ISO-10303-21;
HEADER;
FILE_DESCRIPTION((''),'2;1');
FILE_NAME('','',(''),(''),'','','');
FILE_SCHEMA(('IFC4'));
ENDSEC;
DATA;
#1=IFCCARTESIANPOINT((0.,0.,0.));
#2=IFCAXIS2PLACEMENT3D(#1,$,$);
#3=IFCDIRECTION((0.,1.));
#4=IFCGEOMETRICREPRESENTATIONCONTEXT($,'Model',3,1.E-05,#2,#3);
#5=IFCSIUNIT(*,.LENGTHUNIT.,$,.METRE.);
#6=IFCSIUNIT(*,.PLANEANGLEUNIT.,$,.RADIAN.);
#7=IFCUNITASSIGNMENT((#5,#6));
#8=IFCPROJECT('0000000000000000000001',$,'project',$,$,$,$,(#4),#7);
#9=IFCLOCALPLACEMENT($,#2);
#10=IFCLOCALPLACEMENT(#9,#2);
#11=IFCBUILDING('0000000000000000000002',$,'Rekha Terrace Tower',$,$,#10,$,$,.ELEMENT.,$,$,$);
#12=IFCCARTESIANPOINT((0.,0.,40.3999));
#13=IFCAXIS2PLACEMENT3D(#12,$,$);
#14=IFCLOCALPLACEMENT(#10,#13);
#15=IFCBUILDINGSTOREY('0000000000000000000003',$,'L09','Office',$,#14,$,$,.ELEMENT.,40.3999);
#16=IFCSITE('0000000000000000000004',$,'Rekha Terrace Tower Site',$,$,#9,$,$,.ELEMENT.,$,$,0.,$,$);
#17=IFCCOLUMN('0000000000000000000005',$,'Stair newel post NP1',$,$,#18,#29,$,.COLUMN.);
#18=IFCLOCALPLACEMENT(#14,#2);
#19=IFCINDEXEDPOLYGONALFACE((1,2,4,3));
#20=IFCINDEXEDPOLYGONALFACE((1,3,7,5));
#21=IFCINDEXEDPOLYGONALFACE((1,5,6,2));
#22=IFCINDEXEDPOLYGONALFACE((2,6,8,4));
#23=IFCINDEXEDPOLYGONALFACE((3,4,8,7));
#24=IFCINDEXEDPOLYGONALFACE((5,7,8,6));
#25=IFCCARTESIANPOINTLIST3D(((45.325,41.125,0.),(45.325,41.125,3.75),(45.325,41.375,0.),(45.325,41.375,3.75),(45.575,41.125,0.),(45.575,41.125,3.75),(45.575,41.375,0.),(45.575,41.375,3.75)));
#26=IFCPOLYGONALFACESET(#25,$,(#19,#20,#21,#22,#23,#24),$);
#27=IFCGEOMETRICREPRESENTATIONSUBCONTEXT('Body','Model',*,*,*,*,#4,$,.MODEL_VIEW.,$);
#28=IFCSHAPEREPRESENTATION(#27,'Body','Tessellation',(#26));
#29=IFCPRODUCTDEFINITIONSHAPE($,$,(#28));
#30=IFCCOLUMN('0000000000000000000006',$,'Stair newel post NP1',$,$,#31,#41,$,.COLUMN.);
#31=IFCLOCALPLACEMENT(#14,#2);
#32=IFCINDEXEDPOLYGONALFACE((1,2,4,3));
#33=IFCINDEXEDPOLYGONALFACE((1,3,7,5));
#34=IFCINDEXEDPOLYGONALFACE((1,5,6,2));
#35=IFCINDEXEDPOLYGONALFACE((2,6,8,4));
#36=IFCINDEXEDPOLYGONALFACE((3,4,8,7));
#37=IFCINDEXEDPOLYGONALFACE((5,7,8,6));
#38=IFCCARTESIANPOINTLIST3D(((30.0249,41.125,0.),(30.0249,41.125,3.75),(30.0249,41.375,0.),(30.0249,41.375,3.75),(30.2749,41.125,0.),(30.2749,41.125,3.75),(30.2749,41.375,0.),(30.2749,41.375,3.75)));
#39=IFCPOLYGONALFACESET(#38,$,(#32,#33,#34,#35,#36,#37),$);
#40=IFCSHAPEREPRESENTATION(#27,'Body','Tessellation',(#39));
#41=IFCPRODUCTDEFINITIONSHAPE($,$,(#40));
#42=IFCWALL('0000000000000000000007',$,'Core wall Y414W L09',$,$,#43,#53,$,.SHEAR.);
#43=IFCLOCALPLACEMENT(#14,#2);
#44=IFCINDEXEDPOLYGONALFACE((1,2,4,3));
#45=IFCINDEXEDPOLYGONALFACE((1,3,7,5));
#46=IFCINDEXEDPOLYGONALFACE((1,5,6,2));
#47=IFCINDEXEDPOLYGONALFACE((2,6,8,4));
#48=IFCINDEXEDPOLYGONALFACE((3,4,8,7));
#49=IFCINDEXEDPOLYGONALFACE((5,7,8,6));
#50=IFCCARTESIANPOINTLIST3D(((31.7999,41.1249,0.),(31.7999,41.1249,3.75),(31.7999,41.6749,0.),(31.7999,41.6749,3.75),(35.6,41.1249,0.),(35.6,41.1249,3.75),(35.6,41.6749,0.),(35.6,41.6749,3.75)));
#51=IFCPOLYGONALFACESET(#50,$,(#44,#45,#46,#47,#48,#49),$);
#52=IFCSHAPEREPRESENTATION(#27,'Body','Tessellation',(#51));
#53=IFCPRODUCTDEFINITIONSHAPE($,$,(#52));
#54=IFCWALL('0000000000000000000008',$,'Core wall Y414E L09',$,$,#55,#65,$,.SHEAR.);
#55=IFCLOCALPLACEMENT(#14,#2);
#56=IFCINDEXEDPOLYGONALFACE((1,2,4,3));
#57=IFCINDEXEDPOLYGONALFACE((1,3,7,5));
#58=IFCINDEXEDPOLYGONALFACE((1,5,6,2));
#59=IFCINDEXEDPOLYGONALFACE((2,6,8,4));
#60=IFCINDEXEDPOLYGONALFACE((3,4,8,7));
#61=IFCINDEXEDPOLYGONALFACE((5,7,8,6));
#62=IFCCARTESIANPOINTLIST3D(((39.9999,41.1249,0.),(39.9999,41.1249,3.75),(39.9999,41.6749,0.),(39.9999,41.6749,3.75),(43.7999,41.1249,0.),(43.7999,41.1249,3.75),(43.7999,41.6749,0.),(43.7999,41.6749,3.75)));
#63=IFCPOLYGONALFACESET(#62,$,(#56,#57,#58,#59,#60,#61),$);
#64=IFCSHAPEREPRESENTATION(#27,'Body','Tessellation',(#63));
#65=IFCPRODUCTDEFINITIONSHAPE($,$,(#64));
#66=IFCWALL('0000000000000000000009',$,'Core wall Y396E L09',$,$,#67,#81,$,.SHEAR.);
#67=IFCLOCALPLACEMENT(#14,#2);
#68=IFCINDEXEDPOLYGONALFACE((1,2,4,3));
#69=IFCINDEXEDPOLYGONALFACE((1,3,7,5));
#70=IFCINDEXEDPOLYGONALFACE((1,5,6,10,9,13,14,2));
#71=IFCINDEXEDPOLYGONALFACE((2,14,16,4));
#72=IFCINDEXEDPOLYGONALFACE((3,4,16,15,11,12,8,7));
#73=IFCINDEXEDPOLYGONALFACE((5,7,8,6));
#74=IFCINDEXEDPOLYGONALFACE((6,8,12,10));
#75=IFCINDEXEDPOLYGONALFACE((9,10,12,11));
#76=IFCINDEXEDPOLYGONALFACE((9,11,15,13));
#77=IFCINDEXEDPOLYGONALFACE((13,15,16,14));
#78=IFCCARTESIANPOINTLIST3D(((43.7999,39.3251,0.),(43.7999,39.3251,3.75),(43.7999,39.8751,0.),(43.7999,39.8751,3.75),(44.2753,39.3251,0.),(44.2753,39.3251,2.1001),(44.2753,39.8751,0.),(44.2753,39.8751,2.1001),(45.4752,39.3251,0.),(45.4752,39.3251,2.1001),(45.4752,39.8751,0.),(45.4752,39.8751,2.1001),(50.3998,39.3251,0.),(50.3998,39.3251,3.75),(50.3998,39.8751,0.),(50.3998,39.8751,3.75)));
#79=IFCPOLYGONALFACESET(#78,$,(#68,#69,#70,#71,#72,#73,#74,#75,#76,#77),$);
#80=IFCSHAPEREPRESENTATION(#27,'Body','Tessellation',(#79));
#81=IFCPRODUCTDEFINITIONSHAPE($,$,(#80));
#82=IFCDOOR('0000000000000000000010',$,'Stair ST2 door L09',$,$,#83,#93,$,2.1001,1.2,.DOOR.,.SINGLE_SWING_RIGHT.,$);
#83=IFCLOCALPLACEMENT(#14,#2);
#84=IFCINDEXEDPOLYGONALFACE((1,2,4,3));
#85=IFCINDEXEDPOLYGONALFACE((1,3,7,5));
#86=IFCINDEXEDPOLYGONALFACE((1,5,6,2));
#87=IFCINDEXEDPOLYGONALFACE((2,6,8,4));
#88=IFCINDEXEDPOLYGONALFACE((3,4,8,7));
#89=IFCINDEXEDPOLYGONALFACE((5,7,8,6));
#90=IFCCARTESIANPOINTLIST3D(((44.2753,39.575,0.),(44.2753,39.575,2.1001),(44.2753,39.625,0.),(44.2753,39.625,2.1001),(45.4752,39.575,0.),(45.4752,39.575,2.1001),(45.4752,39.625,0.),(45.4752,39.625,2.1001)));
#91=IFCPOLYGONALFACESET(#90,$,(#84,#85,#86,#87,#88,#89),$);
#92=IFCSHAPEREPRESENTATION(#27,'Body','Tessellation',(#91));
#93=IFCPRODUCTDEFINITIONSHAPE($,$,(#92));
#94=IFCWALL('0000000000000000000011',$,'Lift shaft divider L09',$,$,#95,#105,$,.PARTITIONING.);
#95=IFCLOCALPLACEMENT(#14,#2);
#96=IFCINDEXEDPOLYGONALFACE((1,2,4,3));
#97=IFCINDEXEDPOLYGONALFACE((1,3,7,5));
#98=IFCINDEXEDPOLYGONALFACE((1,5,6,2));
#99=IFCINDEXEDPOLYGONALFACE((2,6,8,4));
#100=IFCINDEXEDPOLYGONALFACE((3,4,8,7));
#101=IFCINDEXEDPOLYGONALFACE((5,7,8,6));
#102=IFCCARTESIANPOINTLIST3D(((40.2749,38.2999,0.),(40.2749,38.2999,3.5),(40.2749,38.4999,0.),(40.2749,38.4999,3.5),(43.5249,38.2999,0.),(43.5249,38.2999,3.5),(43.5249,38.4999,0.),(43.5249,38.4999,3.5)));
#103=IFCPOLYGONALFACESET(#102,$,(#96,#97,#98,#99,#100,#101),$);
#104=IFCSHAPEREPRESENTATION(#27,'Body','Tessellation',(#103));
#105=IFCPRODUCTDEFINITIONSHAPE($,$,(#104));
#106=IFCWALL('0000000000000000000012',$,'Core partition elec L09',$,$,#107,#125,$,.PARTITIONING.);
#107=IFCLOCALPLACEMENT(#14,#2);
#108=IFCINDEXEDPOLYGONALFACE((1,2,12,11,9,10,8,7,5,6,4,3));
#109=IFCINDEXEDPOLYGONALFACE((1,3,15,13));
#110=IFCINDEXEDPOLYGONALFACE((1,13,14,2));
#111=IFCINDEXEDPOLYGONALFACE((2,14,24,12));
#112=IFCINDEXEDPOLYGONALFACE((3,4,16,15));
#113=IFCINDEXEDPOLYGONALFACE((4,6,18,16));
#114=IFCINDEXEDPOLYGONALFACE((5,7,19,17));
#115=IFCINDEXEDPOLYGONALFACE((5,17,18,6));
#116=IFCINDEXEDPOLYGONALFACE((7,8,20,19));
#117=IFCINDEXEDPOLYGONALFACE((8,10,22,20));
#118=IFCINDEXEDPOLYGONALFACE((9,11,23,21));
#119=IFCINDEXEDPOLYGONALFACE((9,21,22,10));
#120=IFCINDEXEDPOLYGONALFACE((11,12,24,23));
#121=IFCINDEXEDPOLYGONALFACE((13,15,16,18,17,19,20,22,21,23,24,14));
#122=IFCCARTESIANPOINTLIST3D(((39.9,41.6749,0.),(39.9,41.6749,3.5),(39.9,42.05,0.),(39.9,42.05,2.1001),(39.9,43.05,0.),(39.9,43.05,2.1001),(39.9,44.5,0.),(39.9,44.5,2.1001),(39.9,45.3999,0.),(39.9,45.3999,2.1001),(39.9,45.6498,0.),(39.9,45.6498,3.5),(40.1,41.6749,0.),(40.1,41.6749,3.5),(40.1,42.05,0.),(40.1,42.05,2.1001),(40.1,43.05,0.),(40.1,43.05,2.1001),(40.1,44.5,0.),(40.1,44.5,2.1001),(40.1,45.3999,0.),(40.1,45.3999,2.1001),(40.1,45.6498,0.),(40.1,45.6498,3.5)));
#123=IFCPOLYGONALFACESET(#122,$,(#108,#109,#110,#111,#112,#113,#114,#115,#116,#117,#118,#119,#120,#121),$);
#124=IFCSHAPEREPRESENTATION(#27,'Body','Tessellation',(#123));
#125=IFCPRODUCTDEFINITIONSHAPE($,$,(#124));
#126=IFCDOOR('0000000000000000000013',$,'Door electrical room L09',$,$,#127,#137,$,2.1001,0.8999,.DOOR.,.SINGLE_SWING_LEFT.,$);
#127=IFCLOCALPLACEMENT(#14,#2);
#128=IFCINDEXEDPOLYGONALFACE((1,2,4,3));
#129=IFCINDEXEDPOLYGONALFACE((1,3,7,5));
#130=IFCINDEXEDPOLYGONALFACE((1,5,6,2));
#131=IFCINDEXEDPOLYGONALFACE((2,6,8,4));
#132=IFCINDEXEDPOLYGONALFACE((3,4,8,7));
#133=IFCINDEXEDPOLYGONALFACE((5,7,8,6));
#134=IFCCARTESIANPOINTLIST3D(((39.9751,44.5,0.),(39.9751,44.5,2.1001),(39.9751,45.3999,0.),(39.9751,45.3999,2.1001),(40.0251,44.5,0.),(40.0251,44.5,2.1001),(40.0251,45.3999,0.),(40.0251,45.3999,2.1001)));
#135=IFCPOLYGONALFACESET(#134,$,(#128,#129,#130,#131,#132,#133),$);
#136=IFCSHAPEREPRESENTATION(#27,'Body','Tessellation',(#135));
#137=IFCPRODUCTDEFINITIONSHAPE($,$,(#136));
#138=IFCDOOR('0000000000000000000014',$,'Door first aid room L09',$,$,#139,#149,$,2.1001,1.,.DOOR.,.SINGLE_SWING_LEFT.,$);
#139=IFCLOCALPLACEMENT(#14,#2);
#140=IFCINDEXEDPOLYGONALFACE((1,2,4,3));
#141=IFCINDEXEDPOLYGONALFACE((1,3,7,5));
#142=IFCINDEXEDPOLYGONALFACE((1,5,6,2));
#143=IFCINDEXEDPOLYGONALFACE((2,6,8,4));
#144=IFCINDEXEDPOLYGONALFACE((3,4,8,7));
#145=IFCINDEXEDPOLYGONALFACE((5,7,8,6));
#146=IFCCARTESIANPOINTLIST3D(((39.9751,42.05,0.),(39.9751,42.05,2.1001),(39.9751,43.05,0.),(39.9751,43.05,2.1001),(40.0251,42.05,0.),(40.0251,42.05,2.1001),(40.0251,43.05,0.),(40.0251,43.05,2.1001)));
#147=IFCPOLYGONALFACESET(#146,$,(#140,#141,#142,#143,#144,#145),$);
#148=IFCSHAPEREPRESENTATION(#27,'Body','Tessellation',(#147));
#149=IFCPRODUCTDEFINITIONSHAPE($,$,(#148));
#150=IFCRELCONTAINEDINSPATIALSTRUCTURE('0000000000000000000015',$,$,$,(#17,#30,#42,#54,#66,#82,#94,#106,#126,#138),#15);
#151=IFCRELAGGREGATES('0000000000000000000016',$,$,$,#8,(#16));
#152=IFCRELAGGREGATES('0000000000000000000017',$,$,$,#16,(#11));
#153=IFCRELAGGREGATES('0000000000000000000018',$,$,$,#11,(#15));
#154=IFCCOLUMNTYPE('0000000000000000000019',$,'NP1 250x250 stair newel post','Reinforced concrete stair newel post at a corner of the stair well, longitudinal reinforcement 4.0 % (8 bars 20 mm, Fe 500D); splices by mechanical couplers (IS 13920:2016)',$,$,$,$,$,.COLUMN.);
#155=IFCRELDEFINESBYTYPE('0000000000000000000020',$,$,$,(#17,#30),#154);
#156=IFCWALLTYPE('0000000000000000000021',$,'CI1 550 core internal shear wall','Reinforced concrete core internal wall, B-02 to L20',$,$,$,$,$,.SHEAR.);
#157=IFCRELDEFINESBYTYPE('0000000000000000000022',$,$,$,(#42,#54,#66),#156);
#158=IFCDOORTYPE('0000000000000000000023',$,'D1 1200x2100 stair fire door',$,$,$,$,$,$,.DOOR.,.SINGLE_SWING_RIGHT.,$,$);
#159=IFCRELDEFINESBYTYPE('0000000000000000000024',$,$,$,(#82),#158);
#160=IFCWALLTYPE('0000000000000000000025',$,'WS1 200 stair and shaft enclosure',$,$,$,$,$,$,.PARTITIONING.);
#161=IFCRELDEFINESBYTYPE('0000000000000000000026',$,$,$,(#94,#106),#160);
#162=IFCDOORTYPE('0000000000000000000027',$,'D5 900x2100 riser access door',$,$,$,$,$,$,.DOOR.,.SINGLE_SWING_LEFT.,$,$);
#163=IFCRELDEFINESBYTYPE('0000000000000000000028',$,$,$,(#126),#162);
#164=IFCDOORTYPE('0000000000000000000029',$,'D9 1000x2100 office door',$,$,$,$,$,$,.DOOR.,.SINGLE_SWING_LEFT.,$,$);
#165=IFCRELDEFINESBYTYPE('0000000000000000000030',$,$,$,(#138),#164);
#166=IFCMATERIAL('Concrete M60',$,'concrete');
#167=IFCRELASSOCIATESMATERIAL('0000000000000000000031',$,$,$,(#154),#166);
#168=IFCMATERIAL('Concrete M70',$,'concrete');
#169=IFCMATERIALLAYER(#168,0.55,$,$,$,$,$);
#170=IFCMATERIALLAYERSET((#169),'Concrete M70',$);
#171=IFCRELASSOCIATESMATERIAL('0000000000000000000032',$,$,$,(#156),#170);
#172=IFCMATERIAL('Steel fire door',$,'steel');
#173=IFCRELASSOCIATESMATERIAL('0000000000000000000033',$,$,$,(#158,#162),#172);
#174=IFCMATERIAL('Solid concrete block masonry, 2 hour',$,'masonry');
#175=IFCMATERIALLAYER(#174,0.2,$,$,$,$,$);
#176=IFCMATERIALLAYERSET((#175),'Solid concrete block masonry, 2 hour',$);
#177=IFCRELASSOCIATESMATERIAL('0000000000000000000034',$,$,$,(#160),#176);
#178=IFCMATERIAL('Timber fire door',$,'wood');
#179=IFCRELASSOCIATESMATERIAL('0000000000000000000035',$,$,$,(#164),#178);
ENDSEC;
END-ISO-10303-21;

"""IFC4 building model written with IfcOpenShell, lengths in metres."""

from ifc_helpers import new_model, si_unit, direction, frame, frame_2d, origin, origin_2d, place, context, subcontext, project, spatial, rectangle, extrude, material, layer, layer_set, material_profile, profile_set, type_object, element, fill, save


model = new_model("IFC4")

# Units and contexts
model_context = context("Model", 3, precision=1e-05, world=origin(), true_north=direction((0.0, 1.0)))
body_context = subcontext(model_context, "Body", "Model", "MODEL_VIEW")
ifc_project = project(units=[si_unit("LENGTHUNIT", "METRE"), si_unit("PLANEANGLEUNIT", "RADIAN")], contexts=[model_context])

# Site, building, storey
site_placement = place(None, origin())
site = spatial("IfcSite", under=ifc_project, at=site_placement, Name="Rekha Terrace Tower Site", CompositionType="ELEMENT", RefElevation=0.0)
building_placement = place(site_placement, origin())
building = spatial("IfcBuilding", under=site, at=building_placement, Name="Rekha Terrace Tower", CompositionType="ELEMENT")
storey_placement = place(building_placement, frame((0.0, 0.0, 40.3999)))
storey = spatial("IfcBuildingStorey", under=building, at=storey_placement, Name="L09", Description="Office", CompositionType="ELEMENT", Elevation=40.3999)

# Columns
ifc_material_1 = material(Name="Concrete M60", Category="concrete")
ifc_material_profile = material_profile(ifc_material_1, rectangle(XDim=0.25, YDim=0.25, at=origin_2d()), Name="RC 250x250")
ifc_profile_set = profile_set([ifc_material_profile], Name="Concrete M60")
column_type = type_object("IfcColumnType", Name="NP1 250x250 stair newel post", Description="Reinforced concrete stair newel post at a corner of the stair well, longitudinal reinforcement 4.0 % (8 bars 20 mm, Fe 500D); splices by mechanical couplers (IS 13920:2016)", PredefinedType="COLUMN", material=ifc_profile_set)
for number, where, z_axis, x_axis, name in (
    (1, (45.45, 41.25, 0.0), (0.0, 0.0, 1.0), (1.0, 0.0, 0.0), "Stair newel post NP1"),
    (2, (30.1499, 41.25, 0.0), (0.0, 0.0, 1.0), (1.0, 0.0, 0.0), "Stair newel post NP1"),
):
    element("IfcColumn", number, at=place(storey_placement, frame(where, z_axis=z_axis, x_axis=x_axis)), inside=storey, type_object=column_type, Name=name, PredefinedType="COLUMN", context=body_context, shape_type="SweptSolid", body=[
        extrude(rectangle(XDim=0.25, YDim=0.25, at=origin_2d()), origin(), (0.0, 0.0, 1.0), 3.75),
    ])

# Walls
ifc_material_2 = material(Name="Concrete M70", Category="concrete")
ifc_layer_1 = layer(ifc_material_2, 0.55)
ifc_layer_set_1 = layer_set([ifc_layer_1], Name="Concrete M70")
wall_type_1 = type_object("IfcWallType", Name="CI1 550 core internal shear wall", Description="Reinforced concrete core internal wall, B-02 to L20", PredefinedType="SHEAR", material=ifc_layer_set_1)
for number, where, z_axis, x_axis, name in (
    (3, (31.8, 41.3999, 0.0), (0.0, 0.0, 1.0), (1.0, 0.0, 0.0), "Core wall Y414W L09"),
    (4, (40.0, 41.3999, 0.0), (0.0, 0.0, 1.0), (1.0, 0.0, 0.0), "Core wall Y414E L09"),
):
    element("IfcWall", number, at=place(storey_placement, frame(where, z_axis=z_axis, x_axis=x_axis)), inside=storey, type_object=wall_type_1, Name=name, PredefinedType="SHEAR", context=body_context, shape_type="SweptSolid", body=[
        extrude(rectangle(XDim=3.8, YDim=0.55, at=frame_2d((1.8999, 0.0))), origin(), (0.0, 0.0, 1.0), 3.75),
    ])

# Wall, opening, door
wall_1_placement = place(storey_placement, frame((43.8, 39.6001, 0.0), z_axis=(0.0, 0.0, 1.0), x_axis=(1.0, 0.0, 0.0)))
wall_1 = element("IfcWall", 5, at=wall_1_placement, inside=storey, type_object=wall_type_1, Name="Core wall Y396E L09", PredefinedType="SHEAR", context=body_context, shape_type="SweptSolid", body=[
    extrude(rectangle(XDim=6.5999, YDim=0.55, at=frame_2d((3.2998, 0.0))), origin(), (0.0, 0.0, 1.0), 3.75),
])
opening_1_placement = place(wall_1_placement, frame((0.4751, 0.0, 0.0)))
opening_1 = element("IfcOpeningElement", 6, at=opening_1_placement, cuts=wall_1, PredefinedType="OPENING", context=body_context, shape_type="SweptSolid", body=[
    extrude(rectangle(XDim=1.2, YDim=2.1001, at=frame_2d((0.6001, 1.05))), frame((0.0, 0.2849, 0.0), z_axis=(0.0, -1.0, 0.0), x_axis=(1.0, 0.0, 0.0)), (0.0, 0.0, 1.0), 0.5701),
])
ifc_material_3 = material(Name="Steel fire door", Category="steel")
door_type_1 = type_object("IfcDoorType", Name="D1 1200x2100 stair fire door", OperationType="SINGLE_SWING_RIGHT", PredefinedType="DOOR", material=ifc_material_3)
door_1_placement = place(opening_1_placement, origin())
door_1 = element("IfcDoor", 7, at=door_1_placement, inside=storey, type_object=door_type_1, Name="Stair ST2 door L09", OperationType="SINGLE_SWING_RIGHT", OverallHeight=2.1001, OverallWidth=1.2, PredefinedType="DOOR", context=body_context, shape_type="SweptSolid", body=[
    extrude(rectangle(XDim=1.2, YDim=2.1001, at=frame_2d((0.6001, 1.05))), frame((0.0, 0.0249, 0.0), z_axis=(0.0, -1.0, 0.0), x_axis=(1.0, 0.0, 0.0)), (0.0, 0.0, 1.0), 0.05),
])
fill(opening_1, door_1)

# Wall
ifc_material_4 = material(Name="Solid concrete block masonry, 2 hour", Category="masonry")
ifc_layer_2 = layer(ifc_material_4, 0.2)
ifc_layer_set_2 = layer_set([ifc_layer_2], Name="Solid concrete block masonry, 2 hour")
wall_type_2 = type_object("IfcWallType", Name="WS1 200 stair and shaft enclosure", PredefinedType="PARTITIONING", material=ifc_layer_set_2)
wall_2_placement = place(storey_placement, frame((40.2749, 38.3999, 0.0), z_axis=(0.0, 0.0, 1.0), x_axis=(1.0, 0.0, 0.0)))
element("IfcWall", 8, at=wall_2_placement, inside=storey, type_object=wall_type_2, Name="Lift shaft divider L09", PredefinedType="PARTITIONING", context=body_context, shape_type="SweptSolid", body=[
    extrude(rectangle(XDim=3.25, YDim=0.2, at=frame_2d((1.625, 0.0))), origin(), (0.0, 0.0, 1.0), 3.5),
])

# Wall, openings, doors
wall_3_placement = place(storey_placement, frame((40.0, 41.675, 0.0), z_axis=(0.0, 0.0, 1.0), x_axis=(0.0, 1.0, 0.0)))
wall_3 = element("IfcWall", 9, at=wall_3_placement, inside=storey, type_object=wall_type_2, Name="Core partition elec L09", PredefinedType="PARTITIONING", context=body_context, shape_type="SweptSolid", body=[
    extrude(rectangle(XDim=3.9749, YDim=0.2, at=frame_2d((1.9873, 0.0))), origin(), (0.0, 0.0, 1.0), 3.5),
])
opening_2_placement = place(wall_3_placement, frame((2.825, 0.0, 0.0)))
opening_2 = element("IfcOpeningElement", 10, at=opening_2_placement, cuts=wall_3, PredefinedType="OPENING", context=body_context, shape_type="SweptSolid", body=[
    extrude(rectangle(XDim=0.8999, YDim=2.1001, at=frame_2d((0.45, 1.05))), frame((0.0, 0.1099, 0.0), z_axis=(0.0, -1.0, 0.0), x_axis=(1.0, 0.0, 0.0)), (0.0, 0.0, 1.0), 0.22),
])
opening_3_placement = place(wall_3_placement, frame((0.375, 0.0, 0.0)))
opening_3 = element("IfcOpeningElement", 11, at=opening_3_placement, cuts=wall_3, PredefinedType="OPENING", context=body_context, shape_type="SweptSolid", body=[
    extrude(rectangle(XDim=1.0, YDim=2.1001, at=frame_2d((0.5, 1.05))), frame((0.0, 0.1099, 0.0), z_axis=(0.0, -1.0, 0.0), x_axis=(1.0, 0.0, 0.0)), (0.0, 0.0, 1.0), 0.22),
])
door_type_2 = type_object("IfcDoorType", Name="D5 900x2100 riser access door", OperationType="SINGLE_SWING_LEFT", PredefinedType="DOOR", material=ifc_material_3)
door_2_placement = place(opening_2_placement, origin())
door_2 = element("IfcDoor", 12, at=door_2_placement, inside=storey, type_object=door_type_2, Name="Door electrical room L09", OperationType="SINGLE_SWING_LEFT", OverallHeight=2.1001, OverallWidth=0.8999, PredefinedType="DOOR", context=body_context, shape_type="SweptSolid", body=[
    extrude(rectangle(XDim=0.8999, YDim=2.1001, at=frame_2d((0.45, 1.05))), frame((0.0, 0.0249, 0.0), z_axis=(0.0, -1.0, 0.0), x_axis=(1.0, 0.0, 0.0)), (0.0, 0.0, 1.0), 0.05),
])
fill(opening_2, door_2)
ifc_material_5 = material(Name="Timber fire door", Category="wood")
door_type_3 = type_object("IfcDoorType", Name="D9 1000x2100 office door", OperationType="SINGLE_SWING_LEFT", PredefinedType="DOOR", material=ifc_material_5)
door_3_placement = place(opening_3_placement, origin())
door_3 = element("IfcDoor", 13, at=door_3_placement, inside=storey, type_object=door_type_3, Name="Door first aid room L09", OperationType="SINGLE_SWING_LEFT", OverallHeight=2.1001, OverallWidth=1.0, PredefinedType="DOOR", context=body_context, shape_type="SweptSolid", body=[
    extrude(rectangle(XDim=1.0, YDim=2.1001, at=frame_2d((0.5, 1.05))), frame((0.0, 0.0249, 0.0), z_axis=(0.0, -1.0, 0.0), x_axis=(1.0, 0.0, 0.0)), (0.0, 0.0, 1.0), 0.05),
])
fill(opening_3, door_3)

save(model, "model.ifc")
